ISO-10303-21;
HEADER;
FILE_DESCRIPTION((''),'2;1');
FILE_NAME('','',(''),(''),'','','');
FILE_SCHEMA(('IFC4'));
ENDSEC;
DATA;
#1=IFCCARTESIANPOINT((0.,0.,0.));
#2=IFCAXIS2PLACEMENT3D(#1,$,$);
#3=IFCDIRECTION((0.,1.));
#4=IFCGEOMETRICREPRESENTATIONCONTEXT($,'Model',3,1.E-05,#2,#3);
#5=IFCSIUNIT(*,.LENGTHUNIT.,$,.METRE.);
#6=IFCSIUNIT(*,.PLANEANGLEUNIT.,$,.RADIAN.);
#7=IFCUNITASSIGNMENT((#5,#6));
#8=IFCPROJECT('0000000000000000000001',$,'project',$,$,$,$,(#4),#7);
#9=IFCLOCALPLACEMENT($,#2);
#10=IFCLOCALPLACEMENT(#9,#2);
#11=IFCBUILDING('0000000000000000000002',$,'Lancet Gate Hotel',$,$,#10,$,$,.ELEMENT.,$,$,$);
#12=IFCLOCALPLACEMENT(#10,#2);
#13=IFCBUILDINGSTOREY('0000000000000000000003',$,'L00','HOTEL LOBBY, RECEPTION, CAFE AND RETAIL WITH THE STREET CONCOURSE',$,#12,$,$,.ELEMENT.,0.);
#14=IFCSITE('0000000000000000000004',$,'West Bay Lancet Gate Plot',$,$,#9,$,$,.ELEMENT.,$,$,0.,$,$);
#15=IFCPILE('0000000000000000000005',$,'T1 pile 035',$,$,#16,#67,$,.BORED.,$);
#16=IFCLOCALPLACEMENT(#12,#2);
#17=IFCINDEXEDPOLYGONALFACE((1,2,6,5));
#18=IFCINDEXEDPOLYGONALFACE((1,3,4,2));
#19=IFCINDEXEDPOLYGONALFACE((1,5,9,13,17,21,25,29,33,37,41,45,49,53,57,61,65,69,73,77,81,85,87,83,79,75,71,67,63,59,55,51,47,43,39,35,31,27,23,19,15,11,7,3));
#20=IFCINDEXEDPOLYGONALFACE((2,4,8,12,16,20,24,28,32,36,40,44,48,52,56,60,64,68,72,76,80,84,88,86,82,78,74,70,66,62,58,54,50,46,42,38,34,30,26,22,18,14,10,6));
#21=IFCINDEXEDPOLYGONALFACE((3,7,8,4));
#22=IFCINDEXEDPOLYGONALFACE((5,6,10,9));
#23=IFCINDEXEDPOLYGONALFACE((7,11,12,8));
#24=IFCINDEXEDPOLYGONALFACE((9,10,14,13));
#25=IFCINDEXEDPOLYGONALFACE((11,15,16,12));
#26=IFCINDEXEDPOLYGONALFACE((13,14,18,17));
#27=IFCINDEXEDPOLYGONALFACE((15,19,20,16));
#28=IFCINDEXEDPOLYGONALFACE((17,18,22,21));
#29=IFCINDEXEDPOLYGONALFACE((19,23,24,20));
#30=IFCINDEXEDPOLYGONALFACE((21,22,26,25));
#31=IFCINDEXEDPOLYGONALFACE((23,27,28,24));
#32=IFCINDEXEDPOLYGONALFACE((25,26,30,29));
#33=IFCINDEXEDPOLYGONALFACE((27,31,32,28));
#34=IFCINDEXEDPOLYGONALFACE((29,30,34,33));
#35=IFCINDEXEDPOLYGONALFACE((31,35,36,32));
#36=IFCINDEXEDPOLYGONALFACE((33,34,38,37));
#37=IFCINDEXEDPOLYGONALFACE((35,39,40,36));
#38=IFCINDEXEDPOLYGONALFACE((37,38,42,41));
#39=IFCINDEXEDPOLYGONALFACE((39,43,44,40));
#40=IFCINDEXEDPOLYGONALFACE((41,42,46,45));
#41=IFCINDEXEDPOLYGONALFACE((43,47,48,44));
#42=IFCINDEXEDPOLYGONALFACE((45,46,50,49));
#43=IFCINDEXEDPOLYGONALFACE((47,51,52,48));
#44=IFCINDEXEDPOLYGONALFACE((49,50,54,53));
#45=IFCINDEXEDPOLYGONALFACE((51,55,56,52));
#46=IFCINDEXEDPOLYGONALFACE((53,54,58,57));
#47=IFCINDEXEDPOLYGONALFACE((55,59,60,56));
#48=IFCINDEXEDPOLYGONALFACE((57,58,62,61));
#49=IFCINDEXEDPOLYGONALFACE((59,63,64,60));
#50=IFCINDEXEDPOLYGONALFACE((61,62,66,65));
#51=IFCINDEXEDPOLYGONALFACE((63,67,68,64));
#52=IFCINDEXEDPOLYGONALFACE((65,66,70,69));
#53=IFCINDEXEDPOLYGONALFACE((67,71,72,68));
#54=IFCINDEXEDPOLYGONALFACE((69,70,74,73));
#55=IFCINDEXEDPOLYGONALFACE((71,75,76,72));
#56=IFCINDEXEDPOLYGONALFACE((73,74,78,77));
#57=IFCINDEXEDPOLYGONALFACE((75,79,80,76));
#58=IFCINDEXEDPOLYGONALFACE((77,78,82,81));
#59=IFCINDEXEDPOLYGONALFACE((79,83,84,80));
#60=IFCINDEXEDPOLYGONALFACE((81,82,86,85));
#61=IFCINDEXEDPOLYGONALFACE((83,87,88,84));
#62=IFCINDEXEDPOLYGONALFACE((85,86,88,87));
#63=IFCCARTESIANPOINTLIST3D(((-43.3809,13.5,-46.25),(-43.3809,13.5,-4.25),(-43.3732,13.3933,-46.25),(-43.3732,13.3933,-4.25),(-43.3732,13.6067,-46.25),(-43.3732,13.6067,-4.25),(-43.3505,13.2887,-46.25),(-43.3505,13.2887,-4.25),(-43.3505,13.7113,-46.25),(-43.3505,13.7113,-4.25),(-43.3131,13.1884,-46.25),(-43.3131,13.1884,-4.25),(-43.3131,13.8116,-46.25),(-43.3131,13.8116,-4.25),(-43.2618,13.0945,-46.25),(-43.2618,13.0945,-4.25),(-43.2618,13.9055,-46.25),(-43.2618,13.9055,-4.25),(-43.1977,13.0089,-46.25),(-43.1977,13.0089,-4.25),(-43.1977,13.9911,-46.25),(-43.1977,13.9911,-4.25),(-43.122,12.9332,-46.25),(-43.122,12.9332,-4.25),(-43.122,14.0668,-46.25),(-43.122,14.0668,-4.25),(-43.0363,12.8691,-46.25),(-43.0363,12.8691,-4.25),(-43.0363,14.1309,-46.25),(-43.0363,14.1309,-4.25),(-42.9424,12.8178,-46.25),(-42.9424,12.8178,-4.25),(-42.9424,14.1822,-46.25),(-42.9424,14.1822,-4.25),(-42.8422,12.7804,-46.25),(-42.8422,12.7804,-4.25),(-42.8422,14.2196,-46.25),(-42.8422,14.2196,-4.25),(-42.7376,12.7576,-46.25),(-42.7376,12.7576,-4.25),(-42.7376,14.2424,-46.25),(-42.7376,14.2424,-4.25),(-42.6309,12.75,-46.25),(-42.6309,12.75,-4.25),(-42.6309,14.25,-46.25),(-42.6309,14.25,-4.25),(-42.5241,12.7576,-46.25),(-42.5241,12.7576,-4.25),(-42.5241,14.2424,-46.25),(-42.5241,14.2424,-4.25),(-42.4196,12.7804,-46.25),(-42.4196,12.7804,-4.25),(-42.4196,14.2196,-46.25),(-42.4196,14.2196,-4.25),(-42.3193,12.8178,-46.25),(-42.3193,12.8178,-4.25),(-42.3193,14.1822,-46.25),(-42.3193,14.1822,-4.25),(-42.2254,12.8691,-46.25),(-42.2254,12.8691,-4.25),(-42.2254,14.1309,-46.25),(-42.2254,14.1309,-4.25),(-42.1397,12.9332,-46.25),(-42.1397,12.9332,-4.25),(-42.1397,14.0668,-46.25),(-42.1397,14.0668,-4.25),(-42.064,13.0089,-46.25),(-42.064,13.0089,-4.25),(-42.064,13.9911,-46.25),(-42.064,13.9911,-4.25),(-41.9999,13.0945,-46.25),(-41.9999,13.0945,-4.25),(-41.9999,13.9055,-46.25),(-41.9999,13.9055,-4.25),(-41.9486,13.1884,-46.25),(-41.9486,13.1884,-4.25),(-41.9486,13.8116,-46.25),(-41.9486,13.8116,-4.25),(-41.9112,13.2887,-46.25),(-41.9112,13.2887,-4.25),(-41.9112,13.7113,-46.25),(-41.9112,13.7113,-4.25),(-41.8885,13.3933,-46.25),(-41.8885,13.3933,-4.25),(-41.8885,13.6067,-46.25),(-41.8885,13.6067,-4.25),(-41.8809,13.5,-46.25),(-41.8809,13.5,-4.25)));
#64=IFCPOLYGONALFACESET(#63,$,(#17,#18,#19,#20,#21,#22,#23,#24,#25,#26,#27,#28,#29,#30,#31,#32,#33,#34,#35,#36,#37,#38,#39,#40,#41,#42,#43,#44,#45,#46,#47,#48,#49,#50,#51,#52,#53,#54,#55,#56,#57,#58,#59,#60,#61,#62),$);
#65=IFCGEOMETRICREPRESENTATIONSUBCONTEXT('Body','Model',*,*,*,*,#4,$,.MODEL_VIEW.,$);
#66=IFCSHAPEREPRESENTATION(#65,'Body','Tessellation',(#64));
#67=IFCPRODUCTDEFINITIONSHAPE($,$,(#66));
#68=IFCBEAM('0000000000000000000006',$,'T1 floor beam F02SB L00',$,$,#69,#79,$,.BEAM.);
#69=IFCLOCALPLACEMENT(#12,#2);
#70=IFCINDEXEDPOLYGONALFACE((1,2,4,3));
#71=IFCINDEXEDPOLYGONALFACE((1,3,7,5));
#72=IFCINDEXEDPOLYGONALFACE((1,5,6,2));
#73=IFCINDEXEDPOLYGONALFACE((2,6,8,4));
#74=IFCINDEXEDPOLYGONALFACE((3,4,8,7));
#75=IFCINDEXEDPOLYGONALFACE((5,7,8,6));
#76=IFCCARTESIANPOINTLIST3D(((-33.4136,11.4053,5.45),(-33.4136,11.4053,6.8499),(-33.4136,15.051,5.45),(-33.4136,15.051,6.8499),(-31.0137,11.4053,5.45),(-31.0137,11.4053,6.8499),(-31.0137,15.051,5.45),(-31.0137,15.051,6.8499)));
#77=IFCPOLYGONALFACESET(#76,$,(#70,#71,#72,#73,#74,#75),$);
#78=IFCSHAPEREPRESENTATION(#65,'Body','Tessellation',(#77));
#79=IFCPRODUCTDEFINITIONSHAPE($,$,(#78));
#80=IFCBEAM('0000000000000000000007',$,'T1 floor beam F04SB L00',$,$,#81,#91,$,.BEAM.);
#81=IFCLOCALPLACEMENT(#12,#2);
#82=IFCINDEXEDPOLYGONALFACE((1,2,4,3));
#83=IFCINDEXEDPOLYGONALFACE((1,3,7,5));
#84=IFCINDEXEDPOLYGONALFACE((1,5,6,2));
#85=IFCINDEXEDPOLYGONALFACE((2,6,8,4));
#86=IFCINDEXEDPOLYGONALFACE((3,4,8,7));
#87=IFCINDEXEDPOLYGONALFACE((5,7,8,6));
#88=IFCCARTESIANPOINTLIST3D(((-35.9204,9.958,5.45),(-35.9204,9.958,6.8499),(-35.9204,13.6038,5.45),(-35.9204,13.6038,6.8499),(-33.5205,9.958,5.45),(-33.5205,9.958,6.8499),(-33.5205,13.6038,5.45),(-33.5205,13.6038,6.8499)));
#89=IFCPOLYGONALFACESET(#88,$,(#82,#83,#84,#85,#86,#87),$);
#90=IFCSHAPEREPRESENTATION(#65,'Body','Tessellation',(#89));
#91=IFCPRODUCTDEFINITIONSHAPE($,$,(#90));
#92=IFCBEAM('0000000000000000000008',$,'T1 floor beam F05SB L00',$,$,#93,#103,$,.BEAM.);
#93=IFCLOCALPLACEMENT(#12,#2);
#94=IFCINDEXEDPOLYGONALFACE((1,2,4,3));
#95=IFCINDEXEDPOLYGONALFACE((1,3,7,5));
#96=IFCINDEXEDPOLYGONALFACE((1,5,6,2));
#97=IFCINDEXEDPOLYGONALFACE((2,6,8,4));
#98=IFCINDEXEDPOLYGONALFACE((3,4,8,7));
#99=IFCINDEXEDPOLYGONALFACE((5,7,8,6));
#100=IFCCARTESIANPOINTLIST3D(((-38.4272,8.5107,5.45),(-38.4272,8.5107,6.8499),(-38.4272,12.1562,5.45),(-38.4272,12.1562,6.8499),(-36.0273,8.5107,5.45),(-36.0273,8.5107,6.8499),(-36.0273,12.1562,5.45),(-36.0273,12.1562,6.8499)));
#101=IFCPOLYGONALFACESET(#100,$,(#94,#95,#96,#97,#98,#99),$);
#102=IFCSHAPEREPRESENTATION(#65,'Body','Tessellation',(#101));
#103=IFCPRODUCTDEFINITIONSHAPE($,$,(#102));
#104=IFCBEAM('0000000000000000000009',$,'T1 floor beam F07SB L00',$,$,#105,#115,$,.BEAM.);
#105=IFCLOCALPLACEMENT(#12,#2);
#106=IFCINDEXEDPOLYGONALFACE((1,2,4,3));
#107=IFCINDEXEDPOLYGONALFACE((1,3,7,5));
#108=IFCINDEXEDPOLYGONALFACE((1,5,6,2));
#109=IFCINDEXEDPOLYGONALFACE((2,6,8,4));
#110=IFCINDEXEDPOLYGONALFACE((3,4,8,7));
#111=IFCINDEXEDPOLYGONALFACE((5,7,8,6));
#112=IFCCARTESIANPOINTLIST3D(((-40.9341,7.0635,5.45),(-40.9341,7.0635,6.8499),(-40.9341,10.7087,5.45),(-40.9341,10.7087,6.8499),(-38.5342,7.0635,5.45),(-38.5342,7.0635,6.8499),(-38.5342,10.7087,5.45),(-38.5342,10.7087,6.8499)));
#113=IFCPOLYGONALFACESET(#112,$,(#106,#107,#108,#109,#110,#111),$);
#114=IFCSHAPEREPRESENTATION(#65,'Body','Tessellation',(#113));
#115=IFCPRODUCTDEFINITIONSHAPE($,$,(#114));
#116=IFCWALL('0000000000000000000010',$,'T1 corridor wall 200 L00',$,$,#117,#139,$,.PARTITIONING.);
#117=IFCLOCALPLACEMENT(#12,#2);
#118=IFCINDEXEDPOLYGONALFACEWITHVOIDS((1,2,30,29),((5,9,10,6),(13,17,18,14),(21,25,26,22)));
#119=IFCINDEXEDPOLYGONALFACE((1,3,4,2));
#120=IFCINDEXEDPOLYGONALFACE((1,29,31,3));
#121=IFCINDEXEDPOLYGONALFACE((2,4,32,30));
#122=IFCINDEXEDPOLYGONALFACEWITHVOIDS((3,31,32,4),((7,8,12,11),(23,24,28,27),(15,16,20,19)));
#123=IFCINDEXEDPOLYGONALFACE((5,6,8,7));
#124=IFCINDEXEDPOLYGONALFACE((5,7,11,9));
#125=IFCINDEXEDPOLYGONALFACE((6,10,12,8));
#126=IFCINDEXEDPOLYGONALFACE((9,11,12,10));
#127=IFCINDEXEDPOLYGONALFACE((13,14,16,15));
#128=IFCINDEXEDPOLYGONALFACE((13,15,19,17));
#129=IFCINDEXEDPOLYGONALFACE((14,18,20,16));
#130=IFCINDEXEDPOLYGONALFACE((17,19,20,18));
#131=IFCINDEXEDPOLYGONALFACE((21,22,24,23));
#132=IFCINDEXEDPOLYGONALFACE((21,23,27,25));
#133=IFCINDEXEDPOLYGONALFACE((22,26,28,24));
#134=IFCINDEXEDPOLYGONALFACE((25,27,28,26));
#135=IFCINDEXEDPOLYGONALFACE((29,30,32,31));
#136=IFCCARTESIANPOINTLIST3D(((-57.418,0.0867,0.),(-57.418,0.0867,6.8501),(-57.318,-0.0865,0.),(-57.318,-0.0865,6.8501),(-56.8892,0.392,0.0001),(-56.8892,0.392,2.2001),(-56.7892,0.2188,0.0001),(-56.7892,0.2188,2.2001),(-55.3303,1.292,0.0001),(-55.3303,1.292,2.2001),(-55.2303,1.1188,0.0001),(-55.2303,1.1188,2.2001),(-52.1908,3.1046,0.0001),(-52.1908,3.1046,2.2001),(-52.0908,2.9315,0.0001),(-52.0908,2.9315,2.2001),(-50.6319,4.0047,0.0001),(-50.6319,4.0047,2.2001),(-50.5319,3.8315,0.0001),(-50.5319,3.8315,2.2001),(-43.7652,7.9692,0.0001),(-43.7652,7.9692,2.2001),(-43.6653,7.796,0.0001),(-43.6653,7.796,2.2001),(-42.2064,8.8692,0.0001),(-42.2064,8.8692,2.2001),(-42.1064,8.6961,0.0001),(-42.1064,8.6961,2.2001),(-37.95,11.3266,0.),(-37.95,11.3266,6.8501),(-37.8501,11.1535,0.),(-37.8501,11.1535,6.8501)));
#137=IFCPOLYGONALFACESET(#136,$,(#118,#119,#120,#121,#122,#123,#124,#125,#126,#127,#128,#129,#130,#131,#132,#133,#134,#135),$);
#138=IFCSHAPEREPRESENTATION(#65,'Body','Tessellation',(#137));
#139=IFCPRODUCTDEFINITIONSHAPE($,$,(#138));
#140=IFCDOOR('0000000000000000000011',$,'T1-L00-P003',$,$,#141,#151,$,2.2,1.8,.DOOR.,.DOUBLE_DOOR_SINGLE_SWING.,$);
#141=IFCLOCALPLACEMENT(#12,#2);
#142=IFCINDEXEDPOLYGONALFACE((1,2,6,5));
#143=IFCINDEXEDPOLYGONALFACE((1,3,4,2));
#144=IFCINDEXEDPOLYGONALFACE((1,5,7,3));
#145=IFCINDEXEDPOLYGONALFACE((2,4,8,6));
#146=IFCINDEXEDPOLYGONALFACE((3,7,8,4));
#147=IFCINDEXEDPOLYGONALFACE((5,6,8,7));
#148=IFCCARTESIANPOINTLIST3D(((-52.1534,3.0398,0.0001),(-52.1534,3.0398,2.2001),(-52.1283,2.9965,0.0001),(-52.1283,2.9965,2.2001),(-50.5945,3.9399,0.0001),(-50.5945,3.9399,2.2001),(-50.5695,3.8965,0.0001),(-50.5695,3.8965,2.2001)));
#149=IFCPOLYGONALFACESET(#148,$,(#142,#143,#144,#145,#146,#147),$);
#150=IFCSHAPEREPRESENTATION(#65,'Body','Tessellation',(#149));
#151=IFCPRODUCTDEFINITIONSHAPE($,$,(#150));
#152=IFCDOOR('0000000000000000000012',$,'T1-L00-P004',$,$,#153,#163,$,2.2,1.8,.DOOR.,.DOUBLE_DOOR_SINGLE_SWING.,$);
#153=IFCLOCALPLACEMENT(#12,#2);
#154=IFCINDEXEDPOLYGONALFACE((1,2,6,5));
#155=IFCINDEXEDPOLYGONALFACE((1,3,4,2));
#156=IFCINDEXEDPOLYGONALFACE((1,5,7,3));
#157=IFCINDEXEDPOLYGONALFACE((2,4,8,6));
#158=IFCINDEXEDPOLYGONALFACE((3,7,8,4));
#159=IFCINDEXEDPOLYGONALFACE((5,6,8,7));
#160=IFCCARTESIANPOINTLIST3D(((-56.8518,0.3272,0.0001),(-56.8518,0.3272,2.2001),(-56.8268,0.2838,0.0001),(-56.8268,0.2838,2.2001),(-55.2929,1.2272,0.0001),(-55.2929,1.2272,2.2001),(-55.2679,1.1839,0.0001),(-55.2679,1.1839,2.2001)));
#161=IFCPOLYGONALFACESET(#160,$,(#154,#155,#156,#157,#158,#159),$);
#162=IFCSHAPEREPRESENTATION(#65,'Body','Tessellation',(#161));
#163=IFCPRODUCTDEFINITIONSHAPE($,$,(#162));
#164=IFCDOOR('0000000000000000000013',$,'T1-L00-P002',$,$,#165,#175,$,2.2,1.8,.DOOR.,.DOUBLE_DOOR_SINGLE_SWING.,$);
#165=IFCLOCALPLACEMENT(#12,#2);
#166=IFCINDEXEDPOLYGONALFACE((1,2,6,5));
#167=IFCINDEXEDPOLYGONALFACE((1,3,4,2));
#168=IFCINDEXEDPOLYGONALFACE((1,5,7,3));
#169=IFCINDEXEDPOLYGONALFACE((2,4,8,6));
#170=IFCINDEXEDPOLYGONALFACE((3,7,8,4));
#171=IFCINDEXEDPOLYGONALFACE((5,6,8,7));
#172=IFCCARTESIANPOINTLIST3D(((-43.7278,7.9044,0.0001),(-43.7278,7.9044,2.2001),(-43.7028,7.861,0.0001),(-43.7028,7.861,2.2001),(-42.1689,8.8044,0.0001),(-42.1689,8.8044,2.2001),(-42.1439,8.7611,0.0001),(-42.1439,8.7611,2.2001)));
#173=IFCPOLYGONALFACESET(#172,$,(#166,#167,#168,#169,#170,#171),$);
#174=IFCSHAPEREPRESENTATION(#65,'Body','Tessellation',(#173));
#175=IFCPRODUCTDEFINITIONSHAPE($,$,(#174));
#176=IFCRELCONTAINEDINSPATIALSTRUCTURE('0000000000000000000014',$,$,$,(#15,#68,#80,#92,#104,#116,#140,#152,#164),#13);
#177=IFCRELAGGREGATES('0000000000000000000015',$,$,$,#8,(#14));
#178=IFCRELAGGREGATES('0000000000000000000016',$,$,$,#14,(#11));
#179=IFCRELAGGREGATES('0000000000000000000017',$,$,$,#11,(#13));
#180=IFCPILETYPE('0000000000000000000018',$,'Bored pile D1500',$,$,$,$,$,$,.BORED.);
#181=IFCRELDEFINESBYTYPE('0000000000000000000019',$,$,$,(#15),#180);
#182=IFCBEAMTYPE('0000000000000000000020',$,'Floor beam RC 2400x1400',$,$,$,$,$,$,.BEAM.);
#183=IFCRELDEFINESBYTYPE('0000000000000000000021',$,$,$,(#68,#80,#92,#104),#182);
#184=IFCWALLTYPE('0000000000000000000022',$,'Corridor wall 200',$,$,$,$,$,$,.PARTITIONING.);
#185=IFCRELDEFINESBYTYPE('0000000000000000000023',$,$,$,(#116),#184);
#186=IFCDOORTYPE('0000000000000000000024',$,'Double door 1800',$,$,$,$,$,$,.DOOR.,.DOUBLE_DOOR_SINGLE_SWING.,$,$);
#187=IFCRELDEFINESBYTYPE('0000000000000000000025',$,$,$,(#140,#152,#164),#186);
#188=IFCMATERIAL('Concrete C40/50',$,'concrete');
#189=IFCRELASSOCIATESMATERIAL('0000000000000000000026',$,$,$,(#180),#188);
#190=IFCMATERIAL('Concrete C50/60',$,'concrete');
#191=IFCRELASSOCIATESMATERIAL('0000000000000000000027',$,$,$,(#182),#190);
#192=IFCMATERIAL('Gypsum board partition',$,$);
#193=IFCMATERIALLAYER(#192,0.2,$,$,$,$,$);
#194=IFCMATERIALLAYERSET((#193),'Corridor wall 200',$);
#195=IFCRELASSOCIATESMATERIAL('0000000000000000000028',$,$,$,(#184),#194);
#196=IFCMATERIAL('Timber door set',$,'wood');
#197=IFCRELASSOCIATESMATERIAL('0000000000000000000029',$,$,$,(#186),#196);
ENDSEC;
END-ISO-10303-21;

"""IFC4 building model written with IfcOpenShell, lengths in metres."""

from ifc_helpers import new_model, si_unit, direction, frame, frame_2d, origin, origin_2d, place, context, subcontext, project, spatial, rectangle, circle, extrude, material, layer, layer_set, material_profile, profile_set, type_object, element, fill, save


model = new_model("IFC4")

# Units and contexts
model_context = context("Model", 3, precision=1e-05, world=origin(), true_north=direction((0.0, 1.0)))
body_context = subcontext(model_context, "Body", "Model", "MODEL_VIEW")
ifc_project = project(units=[si_unit("LENGTHUNIT", "METRE"), si_unit("PLANEANGLEUNIT", "RADIAN")], contexts=[model_context])

# Site, building, storey
site_placement = place(None, origin())
site = spatial("IfcSite", under=ifc_project, at=site_placement, Name="West Bay Lancet Gate Plot", CompositionType="ELEMENT", RefElevation=0.0)
building_placement = place(site_placement, origin())
building = spatial("IfcBuilding", under=site, at=building_placement, Name="Lancet Gate Hotel", CompositionType="ELEMENT")
storey_placement = place(building_placement, origin())
storey = spatial("IfcBuildingStorey", under=building, at=storey_placement, Name="L00", Description="HOTEL LOBBY, RECEPTION, CAFE AND RETAIL WITH THE STREET CONCOURSE", CompositionType="ELEMENT", Elevation=0.0)

# Pile
ifc_material_1 = material(Name="Concrete C40/50", Category="concrete")
ifc_material_profile_1 = material_profile(ifc_material_1, circle(Radius=0.75, at=origin_2d()), Name="PILE D1500")
ifc_profile_set_1 = profile_set([ifc_material_profile_1], Name="Concrete C40/50")
pile_type = type_object("IfcPileType", Name="Bored pile D1500", PredefinedType="BORED", material=ifc_profile_set_1)
for number, where, z_axis, x_axis, name in (
    (1, (-42.6309, 13.5, -4.25), (0.0, 0.0, -1.0), (1.0, 0.0, 0.0), "T1 pile 035"),
):
    element("IfcPile", number, at=place(storey_placement, frame(where, z_axis=z_axis, x_axis=x_axis)), inside=storey, type_object=pile_type, Name=name, PredefinedType="BORED", context=body_context, shape_type="SweptSolid", body=[
        extrude(circle(Radius=0.75, at=origin_2d()), origin(), (0.0, 0.0, 1.0), 42.0),
    ])

# Beams
ifc_material_2 = material(Name="Concrete C50/60", Category="concrete")
ifc_material_profile_2 = material_profile(ifc_material_2, rectangle(XDim=2.3999, YDim=1.3999, at=origin_2d()), Name="RC 2400x1400")
ifc_profile_set_2 = profile_set([ifc_material_profile_2], Name="Concrete C50/60")
beam_type = type_object("IfcBeamType", Name="Floor beam RC 2400x1400", PredefinedType="BEAM", material=ifc_profile_set_2)
for number, where, z_axis, x_axis, name in (
    (2, (-32.2136, 15.051, 6.1499), (0.0, -1.0, 0.0), (1.0, 0.0, 0.0), "T1 floor beam F02SB L00"),
    (3, (-34.7205, 13.6038, 6.1499), (0.0, -1.0, 0.0), (1.0, 0.0, 0.0), "T1 floor beam F04SB L00"),
):
    element("IfcBeam", number, at=place(storey_placement, frame(where, z_axis=z_axis, x_axis=x_axis)), inside=storey, type_object=beam_type, Name=name, PredefinedType="BEAM", context=body_context, shape_type="SweptSolid", body=[
        extrude(rectangle(XDim=2.3999, YDim=1.3999, at=origin_2d()), origin(), (0.0, 0.0, 1.0), 3.6458),
    ])
beam_1_placement = place(storey_placement, frame((-37.2273, 12.1562, 6.1499), z_axis=(0.0, -1.0, 0.0), x_axis=(1.0, 0.0, 0.0)))
element("IfcBeam", 4, at=beam_1_placement, inside=storey, type_object=beam_type, Name="T1 floor beam F05SB L00", PredefinedType="BEAM", context=body_context, shape_type="SweptSolid", body=[
    extrude(rectangle(XDim=2.3999, YDim=1.3999, at=origin_2d()), origin(), (0.0, 0.0, 1.0), 3.6455),
])
beam_2_placement = place(storey_placement, frame((-39.7341, 10.7087, 6.1499), z_axis=(0.0, -1.0, 0.0), x_axis=(1.0, 0.0, 0.0)))
element("IfcBeam", 5, at=beam_2_placement, inside=storey, type_object=beam_type, Name="T1 floor beam F07SB L00", PredefinedType="BEAM", context=body_context, shape_type="SweptSolid", body=[
    extrude(rectangle(XDim=2.3999, YDim=1.3999, at=origin_2d()), origin(), (0.0, 0.0, 1.0), 3.6453),
])

# Wall, openings, doors
ifc_material_3 = material(Name="Gypsum board partition")
ifc_layer_1 = layer(ifc_material_3, 0.2)
ifc_layer_set_1 = layer_set([ifc_layer_1], Name="Corridor wall 200")
wall_type_1 = type_object("IfcWallType", Name="Corridor wall 200", PredefinedType="PARTITIONING", material=ifc_layer_set_1)
wall_1_placement = place(storey_placement, frame((-37.9001, 11.24, 0.0), z_axis=(0.0, 0.0, 1.0), x_axis=(-0.866023, -0.500004, 0.0)))
wall_1 = element("IfcWall", 6, at=wall_1_placement, inside=storey, type_object=wall_type_1, Name="T1 corridor wall 200 L00", PredefinedType="PARTITIONING", context=body_context, shape_type="SweptSolid", body=[
    extrude(rectangle(XDim=22.4797, YDim=0.2, at=frame_2d((11.2397, 0.0))), origin(), (0.0, 0.0, 1.0), 6.8501),
])
opening_1_placement = place(wall_1_placement, frame((14.6438, 0.0, 0.0)))
opening_1 = element("IfcOpeningElement", 7, at=opening_1_placement, cuts=wall_1, PredefinedType="OPENING", context=body_context, shape_type="SweptSolid", body=[
    extrude(rectangle(XDim=1.8, YDim=2.2, at=frame_2d((0.8999, 1.1001))), frame((0.0, 0.1099, 0.0), z_axis=(0.0, -1.0, 0.0), x_axis=(1.0, 0.0, 0.0)), (0.0, 0.0, 1.0), 0.22),
])
opening_2_placement = place(wall_1_placement, frame((20.0691, 0.0, 0.0)))
opening_2 = element("IfcOpeningElement", 8, at=opening_2_placement, cuts=wall_1, PredefinedType="OPENING", context=body_context, shape_type="SweptSolid", body=[
    extrude(rectangle(XDim=1.8, YDim=2.2, at=frame_2d((0.8999, 1.1001))), frame((0.0, 0.1099, 0.0), z_axis=(0.0, -1.0, 0.0), x_axis=(1.0, 0.0, 0.0)), (0.0, 0.0, 1.0), 0.22),
])
opening_3_placement = place(wall_1_placement, frame((4.9148, 0.0, 0.0)))
opening_3 = element("IfcOpeningElement", 9, at=opening_3_placement, cuts=wall_1, PredefinedType="OPENING", context=body_context, shape_type="SweptSolid", body=[
    extrude(rectangle(XDim=1.8, YDim=2.2, at=frame_2d((0.8999, 1.1001))), frame((0.0, 0.1099, 0.0), z_axis=(0.0, -1.0, 0.0), x_axis=(1.0, 0.0, 0.0)), (0.0, 0.0, 1.0), 0.22),
])
ifc_material_4 = material(Name="Timber door set", Category="wood")
door_type_1 = type_object("IfcDoorType", Name="Double door 1800", OperationType="DOUBLE_DOOR_SINGLE_SWING", PredefinedType="DOOR", material=ifc_material_4)
door_1_placement = place(opening_1_placement, origin())
door_1 = element("IfcDoor", 10, at=door_1_placement, inside=storey, type_object=door_type_1, Name="T1-L00-P003", OperationType="DOUBLE_DOOR_SINGLE_SWING", OverallHeight=2.2, OverallWidth=1.8, PredefinedType="DOOR", context=body_context, shape_type="SweptSolid", body=[
    extrude(rectangle(XDim=1.8, YDim=2.2, at=frame_2d((0.8999, 1.1001))), frame((0.0, 0.0249, 0.0), z_axis=(0.0, -1.0, 0.0), x_axis=(1.0, 0.0, 0.0)), (0.0, 0.0, 1.0), 0.05),
])
fill(opening_1, door_1)
door_2_placement = place(opening_2_placement, origin())
door_2 = element("IfcDoor", 11, at=door_2_placement, inside=storey, type_object=door_type_1, Name="T1-L00-P004", OperationType="DOUBLE_DOOR_SINGLE_SWING", OverallHeight=2.2, OverallWidth=1.8, PredefinedType="DOOR", context=body_context, shape_type="SweptSolid", body=[
    extrude(rectangle(XDim=1.8, YDim=2.2, at=frame_2d((0.8999, 1.1001))), frame((0.0, 0.0249, 0.0), z_axis=(0.0, -1.0, 0.0), x_axis=(1.0, 0.0, 0.0)), (0.0, 0.0, 1.0), 0.05),
])
fill(opening_2, door_2)
door_3_placement = place(opening_3_placement, origin())
door_3 = element("IfcDoor", 12, at=door_3_placement, inside=storey, type_object=door_type_1, Name="T1-L00-P002", OperationType="DOUBLE_DOOR_SINGLE_SWING", OverallHeight=2.2, OverallWidth=1.8, PredefinedType="DOOR", context=body_context, shape_type="SweptSolid", body=[
    extrude(rectangle(XDim=1.8, YDim=2.2, at=frame_2d((0.8999, 1.1001))), frame((0.0, 0.0249, 0.0), z_axis=(0.0, -1.0, 0.0), x_axis=(1.0, 0.0, 0.0)), (0.0, 0.0, 1.0), 0.05),
])
fill(opening_3, door_3)

save(model, "model.ifc")
